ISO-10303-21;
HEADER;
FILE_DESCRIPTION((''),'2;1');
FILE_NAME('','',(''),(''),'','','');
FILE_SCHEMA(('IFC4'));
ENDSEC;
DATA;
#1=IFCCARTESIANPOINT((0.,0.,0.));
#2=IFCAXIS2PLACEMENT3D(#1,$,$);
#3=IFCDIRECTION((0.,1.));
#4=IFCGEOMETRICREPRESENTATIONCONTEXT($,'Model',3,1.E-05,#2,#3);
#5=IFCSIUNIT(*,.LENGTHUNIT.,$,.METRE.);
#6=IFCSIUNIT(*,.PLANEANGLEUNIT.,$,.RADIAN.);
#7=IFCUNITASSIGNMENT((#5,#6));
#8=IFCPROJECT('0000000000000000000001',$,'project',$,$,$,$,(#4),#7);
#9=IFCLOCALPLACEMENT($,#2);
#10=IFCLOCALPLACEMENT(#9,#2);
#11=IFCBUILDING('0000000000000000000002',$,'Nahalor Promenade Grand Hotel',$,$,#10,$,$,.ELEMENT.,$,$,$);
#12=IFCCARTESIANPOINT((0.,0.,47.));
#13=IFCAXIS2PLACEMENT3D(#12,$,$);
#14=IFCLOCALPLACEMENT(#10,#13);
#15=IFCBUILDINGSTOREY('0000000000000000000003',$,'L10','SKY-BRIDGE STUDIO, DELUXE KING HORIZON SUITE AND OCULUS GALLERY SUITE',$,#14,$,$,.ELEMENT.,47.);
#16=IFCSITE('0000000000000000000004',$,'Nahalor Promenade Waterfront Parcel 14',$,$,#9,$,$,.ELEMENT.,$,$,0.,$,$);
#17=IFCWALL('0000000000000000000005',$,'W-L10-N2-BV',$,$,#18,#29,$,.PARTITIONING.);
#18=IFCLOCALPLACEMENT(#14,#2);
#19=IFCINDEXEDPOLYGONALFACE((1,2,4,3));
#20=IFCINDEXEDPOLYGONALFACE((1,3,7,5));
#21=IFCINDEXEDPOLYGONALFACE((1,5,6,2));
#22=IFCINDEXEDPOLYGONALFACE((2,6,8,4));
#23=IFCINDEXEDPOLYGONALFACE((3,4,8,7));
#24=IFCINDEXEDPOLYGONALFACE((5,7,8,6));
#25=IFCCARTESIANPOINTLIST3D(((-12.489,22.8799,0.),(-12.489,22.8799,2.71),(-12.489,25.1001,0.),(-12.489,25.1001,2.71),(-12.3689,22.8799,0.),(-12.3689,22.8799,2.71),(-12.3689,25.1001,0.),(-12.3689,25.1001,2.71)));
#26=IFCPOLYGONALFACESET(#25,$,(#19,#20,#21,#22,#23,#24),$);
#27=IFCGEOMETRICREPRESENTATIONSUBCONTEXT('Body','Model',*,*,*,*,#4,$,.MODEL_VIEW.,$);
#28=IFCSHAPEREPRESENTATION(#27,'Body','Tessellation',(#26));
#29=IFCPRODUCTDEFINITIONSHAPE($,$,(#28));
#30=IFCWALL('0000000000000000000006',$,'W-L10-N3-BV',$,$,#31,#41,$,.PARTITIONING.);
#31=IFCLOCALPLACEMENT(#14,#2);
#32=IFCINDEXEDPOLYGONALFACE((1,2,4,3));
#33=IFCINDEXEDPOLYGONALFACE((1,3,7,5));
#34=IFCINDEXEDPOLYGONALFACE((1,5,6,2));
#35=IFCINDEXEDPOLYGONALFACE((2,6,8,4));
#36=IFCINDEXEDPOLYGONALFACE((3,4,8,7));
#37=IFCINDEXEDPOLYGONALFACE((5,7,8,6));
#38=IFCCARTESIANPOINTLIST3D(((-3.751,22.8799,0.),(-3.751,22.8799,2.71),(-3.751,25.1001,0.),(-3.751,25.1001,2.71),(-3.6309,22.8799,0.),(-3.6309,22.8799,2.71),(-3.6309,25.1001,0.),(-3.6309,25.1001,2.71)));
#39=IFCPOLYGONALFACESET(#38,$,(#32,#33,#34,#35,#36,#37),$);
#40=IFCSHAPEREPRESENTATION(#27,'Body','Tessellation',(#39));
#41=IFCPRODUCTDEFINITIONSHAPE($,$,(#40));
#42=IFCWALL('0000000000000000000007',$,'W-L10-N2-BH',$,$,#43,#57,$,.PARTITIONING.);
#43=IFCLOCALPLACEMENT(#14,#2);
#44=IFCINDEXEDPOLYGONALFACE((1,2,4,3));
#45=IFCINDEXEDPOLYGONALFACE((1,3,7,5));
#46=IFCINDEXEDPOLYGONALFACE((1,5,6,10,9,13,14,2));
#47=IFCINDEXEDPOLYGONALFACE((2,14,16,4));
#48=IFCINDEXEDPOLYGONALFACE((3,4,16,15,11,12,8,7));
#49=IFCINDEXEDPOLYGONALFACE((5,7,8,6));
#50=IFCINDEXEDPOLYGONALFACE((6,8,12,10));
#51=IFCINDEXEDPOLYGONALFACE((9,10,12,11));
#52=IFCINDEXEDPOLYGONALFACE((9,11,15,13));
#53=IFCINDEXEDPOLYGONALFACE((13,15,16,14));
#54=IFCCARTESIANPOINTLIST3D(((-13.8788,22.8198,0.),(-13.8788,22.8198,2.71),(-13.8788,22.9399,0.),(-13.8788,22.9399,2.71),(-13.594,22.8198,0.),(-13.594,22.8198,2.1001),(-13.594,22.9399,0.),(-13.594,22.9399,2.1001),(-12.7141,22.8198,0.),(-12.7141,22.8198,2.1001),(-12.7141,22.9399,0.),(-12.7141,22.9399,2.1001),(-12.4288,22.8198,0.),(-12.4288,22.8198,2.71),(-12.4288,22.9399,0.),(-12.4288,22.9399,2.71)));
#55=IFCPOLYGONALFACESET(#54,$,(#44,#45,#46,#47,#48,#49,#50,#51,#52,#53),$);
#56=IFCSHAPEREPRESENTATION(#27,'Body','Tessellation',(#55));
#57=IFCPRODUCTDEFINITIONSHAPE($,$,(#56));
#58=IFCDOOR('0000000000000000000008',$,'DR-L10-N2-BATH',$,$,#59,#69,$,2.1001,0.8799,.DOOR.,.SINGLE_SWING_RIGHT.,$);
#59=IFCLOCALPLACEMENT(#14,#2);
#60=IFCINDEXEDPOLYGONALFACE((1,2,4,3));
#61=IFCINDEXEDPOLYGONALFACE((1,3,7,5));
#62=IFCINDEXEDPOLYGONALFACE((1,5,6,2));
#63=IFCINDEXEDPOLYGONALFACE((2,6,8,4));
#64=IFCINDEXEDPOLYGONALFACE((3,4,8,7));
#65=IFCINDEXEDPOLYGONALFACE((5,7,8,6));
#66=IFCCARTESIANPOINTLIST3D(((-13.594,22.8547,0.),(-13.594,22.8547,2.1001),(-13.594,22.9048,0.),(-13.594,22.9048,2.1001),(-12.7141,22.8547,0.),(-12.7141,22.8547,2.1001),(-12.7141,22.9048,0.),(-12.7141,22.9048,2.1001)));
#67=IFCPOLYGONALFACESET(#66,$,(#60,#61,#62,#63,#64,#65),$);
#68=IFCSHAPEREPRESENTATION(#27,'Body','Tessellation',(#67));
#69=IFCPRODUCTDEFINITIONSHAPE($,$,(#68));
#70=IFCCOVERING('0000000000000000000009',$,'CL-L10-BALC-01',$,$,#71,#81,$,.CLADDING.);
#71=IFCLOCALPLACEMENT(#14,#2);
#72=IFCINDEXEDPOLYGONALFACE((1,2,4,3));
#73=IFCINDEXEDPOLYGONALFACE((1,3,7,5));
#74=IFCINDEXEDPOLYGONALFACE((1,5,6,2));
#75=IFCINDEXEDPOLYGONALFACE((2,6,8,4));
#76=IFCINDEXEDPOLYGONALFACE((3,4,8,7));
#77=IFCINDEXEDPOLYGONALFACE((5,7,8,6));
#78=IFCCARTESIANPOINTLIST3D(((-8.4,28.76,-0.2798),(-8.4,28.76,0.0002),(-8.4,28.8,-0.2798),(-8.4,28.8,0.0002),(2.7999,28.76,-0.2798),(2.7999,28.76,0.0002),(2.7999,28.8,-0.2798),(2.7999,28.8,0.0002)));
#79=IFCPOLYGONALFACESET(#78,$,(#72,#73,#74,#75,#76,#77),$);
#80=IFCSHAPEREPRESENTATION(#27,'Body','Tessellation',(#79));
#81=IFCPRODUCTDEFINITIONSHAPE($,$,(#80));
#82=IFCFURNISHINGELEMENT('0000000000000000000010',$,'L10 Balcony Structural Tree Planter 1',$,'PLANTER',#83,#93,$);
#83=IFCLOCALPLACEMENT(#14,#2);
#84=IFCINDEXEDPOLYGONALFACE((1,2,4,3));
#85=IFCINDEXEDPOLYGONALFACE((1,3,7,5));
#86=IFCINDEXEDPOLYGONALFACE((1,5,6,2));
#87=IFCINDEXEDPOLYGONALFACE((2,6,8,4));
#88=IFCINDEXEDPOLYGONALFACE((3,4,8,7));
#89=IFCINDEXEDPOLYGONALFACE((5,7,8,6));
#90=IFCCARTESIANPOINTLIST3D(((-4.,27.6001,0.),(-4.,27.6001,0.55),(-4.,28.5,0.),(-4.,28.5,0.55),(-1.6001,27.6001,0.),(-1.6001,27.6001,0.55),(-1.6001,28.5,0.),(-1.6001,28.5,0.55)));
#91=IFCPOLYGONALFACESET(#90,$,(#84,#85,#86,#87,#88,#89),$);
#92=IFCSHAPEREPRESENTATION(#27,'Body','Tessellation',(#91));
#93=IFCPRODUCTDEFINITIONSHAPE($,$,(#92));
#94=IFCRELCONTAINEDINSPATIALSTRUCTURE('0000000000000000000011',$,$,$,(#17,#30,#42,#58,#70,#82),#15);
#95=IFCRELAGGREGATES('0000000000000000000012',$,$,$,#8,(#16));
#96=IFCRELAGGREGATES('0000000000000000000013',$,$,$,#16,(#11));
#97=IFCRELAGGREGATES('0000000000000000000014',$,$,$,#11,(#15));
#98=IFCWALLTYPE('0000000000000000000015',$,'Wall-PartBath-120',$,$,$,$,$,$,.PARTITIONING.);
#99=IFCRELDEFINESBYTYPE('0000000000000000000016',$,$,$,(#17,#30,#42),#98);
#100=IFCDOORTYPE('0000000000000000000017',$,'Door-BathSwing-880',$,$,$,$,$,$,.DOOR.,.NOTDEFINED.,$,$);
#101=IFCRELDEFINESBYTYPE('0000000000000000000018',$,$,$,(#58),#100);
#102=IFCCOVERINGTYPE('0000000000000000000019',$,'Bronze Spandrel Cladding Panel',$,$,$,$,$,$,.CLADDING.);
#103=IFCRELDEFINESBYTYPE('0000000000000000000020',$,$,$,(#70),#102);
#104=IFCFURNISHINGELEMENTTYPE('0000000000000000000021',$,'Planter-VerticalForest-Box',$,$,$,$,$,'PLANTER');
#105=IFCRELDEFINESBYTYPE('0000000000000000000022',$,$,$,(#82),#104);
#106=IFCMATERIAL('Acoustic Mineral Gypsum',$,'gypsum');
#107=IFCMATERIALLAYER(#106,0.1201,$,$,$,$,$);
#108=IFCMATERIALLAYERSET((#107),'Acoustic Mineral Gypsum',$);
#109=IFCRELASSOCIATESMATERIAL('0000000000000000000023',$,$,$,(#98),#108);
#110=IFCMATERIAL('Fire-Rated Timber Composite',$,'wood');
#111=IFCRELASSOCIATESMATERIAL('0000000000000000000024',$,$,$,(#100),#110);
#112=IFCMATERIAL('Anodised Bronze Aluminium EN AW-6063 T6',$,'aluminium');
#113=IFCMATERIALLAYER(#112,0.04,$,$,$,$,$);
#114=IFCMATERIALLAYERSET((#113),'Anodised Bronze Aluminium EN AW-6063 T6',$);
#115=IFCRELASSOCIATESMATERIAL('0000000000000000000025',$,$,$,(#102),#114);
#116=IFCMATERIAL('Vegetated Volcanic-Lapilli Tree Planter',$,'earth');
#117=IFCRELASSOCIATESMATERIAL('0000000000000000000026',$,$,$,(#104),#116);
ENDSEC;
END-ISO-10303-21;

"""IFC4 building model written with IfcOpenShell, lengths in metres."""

from ifc_helpers import new_model, si_unit, direction, frame, frame_2d, origin, origin_2d, place, context, subcontext, project, spatial, rectangle, extrude, source, transform, mapped, material, layer, layer_set, type_object, element, fill, save


model = new_model("IFC4")

# Units and contexts
model_context = context("Model", 3, precision=1e-05, world=origin(), true_north=direction((0.0, 1.0)))
body_context = subcontext(model_context, "Body", "Model", "MODEL_VIEW")
ifc_project = project(units=[si_unit("LENGTHUNIT", "METRE"), si_unit("PLANEANGLEUNIT", "RADIAN")], contexts=[model_context])

# Site, building, storey
site_placement = place(None, origin())
site = spatial("IfcSite", under=ifc_project, at=site_placement, Name="Nahalor Promenade Waterfront Parcel 14", CompositionType="ELEMENT", RefElevation=0.0)
building_placement = place(site_placement, origin())
building = spatial("IfcBuilding", under=site, at=building_placement, Name="Nahalor Promenade Grand Hotel", CompositionType="ELEMENT")
storey_placement = place(building_placement, frame((0.0, 0.0, 47.0)))
storey = spatial("IfcBuildingStorey", under=building, at=storey_placement, Name="L10", Description="SKY-BRIDGE STUDIO, DELUXE KING HORIZON SUITE AND OCULUS GALLERY SUITE", CompositionType="ELEMENT", Elevation=47.0)

# Shared definitions
ifc_material_1 = material(Name="Anodised Bronze Aluminium EN AW-6063 T6", Category="aluminium")

# Shared definitions
ifc_material_2 = material(Name="Acoustic Mineral Gypsum", Category="gypsum")
ifc_layer_1 = layer(ifc_material_2, 0.1201)
ifc_layer_set_1 = layer_set([ifc_layer_1], Name="Acoustic Mineral Gypsum")
wall_type_1 = type_object("IfcWallType", Name="Wall-PartBath-120", PredefinedType="PARTITIONING", material=ifc_layer_set_1)
ifc_material_3 = material(Name="Fire-Rated Timber Composite", Category="wood")
door_type_1 = type_object("IfcDoorType", Name="Door-BathSwing-880", OperationType="NOTDEFINED", PredefinedType="DOOR", material=ifc_material_3)
shared_shape_1 = source(origin(), body_context, "Body", "SweptSolid", [
    extrude(rectangle(XDim=0.8799, YDim=2.1001, at=frame_2d((0.4399, 1.05))), frame((0.0, 0.0249, 0.0), z_axis=(0.0, -1.0, 0.0), x_axis=(1.0, 0.0, 0.0)), (0.0, 0.0, 1.0), 0.05),
])

# Walls
shared_shape_2 = source(origin(), body_context, "Body", "SweptSolid", [
    extrude(rectangle(XDim=2.2202, YDim=0.1201, at=frame_2d((1.1101, 0.0))), origin(), (0.0, 0.0, 1.0), 2.71),
])
for number, where, z_axis, x_axis, name in (
    (1, (-12.429, 22.8799, 0.0), (0.0, 0.0, 1.0), (0.0, 1.0, 0.0), "W-L10-N2-BV"),
    (2, (-3.6909, 22.8799, 0.0), (0.0, 0.0, 1.0), (0.0, 1.0, 0.0), "W-L10-N3-BV"),
):
    element("IfcWall", number, at=place(storey_placement, frame(where, z_axis=z_axis, x_axis=x_axis)), inside=storey, type_object=wall_type_1, Name=name, PredefinedType="PARTITIONING", context=body_context, shape_type="MappedRepresentation", body=[
        mapped(shared_shape_2, transform((0.0, 0.0, 0.0), scale=1.0)),
    ])

# Wall, opening, door
shared_shape_3 = source(origin(), body_context, "Body", "SweptSolid", [
    extrude(rectangle(XDim=1.45, YDim=0.1201, at=frame_2d((0.7251, 0.0))), origin(), (0.0, 0.0, 1.0), 2.71),
])
wall_1_placement = place(storey_placement, frame((-13.8789, 22.8799, 0.0), z_axis=(0.0, 0.0, 1.0), x_axis=(1.0, 0.0, 0.0)))
wall_1 = element("IfcWall", 3, at=wall_1_placement, inside=storey, type_object=wall_type_1, Name="W-L10-N2-BH", PredefinedType="PARTITIONING", context=body_context, shape_type="MappedRepresentation", body=[
    mapped(shared_shape_3, transform((0.0, 0.0, 0.0), scale=1.0)),
])
opening_1_placement = place(wall_1_placement, frame((0.2849, 0.0, 0.0)))
opening_1 = element("IfcOpeningElement", 4, at=opening_1_placement, cuts=wall_1, PredefinedType="OPENING", context=body_context, shape_type="SweptSolid", body=[
    extrude(rectangle(XDim=0.8799, YDim=2.1001, at=frame_2d((0.4399, 1.05))), frame((0.0, 0.0701, 0.0), z_axis=(0.0, -1.0, 0.0), x_axis=(1.0, 0.0, 0.0)), (0.0, 0.0, 1.0), 0.1401),
])
door_1_placement = place(opening_1_placement, origin())
door_1 = element("IfcDoor", 5, at=door_1_placement, inside=storey, type_object=door_type_1, Name="DR-L10-N2-BATH", OperationType="SINGLE_SWING_RIGHT", OverallHeight=2.1001, OverallWidth=0.8799, PredefinedType="DOOR", context=body_context, shape_type="MappedRepresentation", body=[
    mapped(shared_shape_1, transform((0.0, 0.0, 0.0), scale=1.0)),
])
fill(opening_1, door_1)

# Covering
ifc_layer_2 = layer(ifc_material_1, 0.04)
ifc_layer_set_2 = layer_set([ifc_layer_2], Name="Anodised Bronze Aluminium EN AW-6063 T6")
covering_type = type_object("IfcCoveringType", Name="Bronze Spandrel Cladding Panel", PredefinedType="CLADDING", material=ifc_layer_set_2)
shared_shape_4 = source(origin(), body_context, "Body", "SweptSolid", [
    extrude(rectangle(XDim=11.2, YDim=0.04, at=origin_2d()), origin(), (0.0, 0.0, 1.0), 0.28),
])
covering_placement = place(storey_placement, frame((-2.8, 28.78, -0.2798), z_axis=(0.0, 0.0, 1.0), x_axis=(1.0, 0.0, 0.0)))
element("IfcCovering", 6, at=covering_placement, inside=storey, type_object=covering_type, Name="CL-L10-BALC-01", PredefinedType="CLADDING", context=body_context, shape_type="MappedRepresentation", body=[
    mapped(shared_shape_4, transform((0.0, 0.0, 0.0), scale=1.0)),
])

# Furnishing element
ifc_material_4 = material(Name="Vegetated Volcanic-Lapilli Tree Planter", Category="earth")
furnishing_element_type = type_object("IfcFurnishingElementType", Name="Planter-VerticalForest-Box", ElementType="PLANTER", material=ifc_material_4)
shared_shape_5 = source(origin(), body_context, "Body", "SweptSolid", [
    extrude(rectangle(XDim=2.3999, YDim=0.8999, at=origin_2d()), origin(), (0.0, 0.0, 1.0), 0.55),
])
furnishing_placement = place(storey_placement, frame((-2.8, 28.05, 0.0), z_axis=(0.0, 0.0, 1.0), x_axis=(1.0, 0.0, 0.0)))
element("IfcFurnishingElement", 7, at=furnishing_placement, inside=storey, type_object=furnishing_element_type, Name="L10 Balcony Structural Tree Planter 1", ObjectType="PLANTER", context=body_context, shape_type="MappedRepresentation", body=[
    mapped(shared_shape_5, transform((0.0, 0.0, 0.0), scale=1.0)),
])

save(model, "model.ifc")
